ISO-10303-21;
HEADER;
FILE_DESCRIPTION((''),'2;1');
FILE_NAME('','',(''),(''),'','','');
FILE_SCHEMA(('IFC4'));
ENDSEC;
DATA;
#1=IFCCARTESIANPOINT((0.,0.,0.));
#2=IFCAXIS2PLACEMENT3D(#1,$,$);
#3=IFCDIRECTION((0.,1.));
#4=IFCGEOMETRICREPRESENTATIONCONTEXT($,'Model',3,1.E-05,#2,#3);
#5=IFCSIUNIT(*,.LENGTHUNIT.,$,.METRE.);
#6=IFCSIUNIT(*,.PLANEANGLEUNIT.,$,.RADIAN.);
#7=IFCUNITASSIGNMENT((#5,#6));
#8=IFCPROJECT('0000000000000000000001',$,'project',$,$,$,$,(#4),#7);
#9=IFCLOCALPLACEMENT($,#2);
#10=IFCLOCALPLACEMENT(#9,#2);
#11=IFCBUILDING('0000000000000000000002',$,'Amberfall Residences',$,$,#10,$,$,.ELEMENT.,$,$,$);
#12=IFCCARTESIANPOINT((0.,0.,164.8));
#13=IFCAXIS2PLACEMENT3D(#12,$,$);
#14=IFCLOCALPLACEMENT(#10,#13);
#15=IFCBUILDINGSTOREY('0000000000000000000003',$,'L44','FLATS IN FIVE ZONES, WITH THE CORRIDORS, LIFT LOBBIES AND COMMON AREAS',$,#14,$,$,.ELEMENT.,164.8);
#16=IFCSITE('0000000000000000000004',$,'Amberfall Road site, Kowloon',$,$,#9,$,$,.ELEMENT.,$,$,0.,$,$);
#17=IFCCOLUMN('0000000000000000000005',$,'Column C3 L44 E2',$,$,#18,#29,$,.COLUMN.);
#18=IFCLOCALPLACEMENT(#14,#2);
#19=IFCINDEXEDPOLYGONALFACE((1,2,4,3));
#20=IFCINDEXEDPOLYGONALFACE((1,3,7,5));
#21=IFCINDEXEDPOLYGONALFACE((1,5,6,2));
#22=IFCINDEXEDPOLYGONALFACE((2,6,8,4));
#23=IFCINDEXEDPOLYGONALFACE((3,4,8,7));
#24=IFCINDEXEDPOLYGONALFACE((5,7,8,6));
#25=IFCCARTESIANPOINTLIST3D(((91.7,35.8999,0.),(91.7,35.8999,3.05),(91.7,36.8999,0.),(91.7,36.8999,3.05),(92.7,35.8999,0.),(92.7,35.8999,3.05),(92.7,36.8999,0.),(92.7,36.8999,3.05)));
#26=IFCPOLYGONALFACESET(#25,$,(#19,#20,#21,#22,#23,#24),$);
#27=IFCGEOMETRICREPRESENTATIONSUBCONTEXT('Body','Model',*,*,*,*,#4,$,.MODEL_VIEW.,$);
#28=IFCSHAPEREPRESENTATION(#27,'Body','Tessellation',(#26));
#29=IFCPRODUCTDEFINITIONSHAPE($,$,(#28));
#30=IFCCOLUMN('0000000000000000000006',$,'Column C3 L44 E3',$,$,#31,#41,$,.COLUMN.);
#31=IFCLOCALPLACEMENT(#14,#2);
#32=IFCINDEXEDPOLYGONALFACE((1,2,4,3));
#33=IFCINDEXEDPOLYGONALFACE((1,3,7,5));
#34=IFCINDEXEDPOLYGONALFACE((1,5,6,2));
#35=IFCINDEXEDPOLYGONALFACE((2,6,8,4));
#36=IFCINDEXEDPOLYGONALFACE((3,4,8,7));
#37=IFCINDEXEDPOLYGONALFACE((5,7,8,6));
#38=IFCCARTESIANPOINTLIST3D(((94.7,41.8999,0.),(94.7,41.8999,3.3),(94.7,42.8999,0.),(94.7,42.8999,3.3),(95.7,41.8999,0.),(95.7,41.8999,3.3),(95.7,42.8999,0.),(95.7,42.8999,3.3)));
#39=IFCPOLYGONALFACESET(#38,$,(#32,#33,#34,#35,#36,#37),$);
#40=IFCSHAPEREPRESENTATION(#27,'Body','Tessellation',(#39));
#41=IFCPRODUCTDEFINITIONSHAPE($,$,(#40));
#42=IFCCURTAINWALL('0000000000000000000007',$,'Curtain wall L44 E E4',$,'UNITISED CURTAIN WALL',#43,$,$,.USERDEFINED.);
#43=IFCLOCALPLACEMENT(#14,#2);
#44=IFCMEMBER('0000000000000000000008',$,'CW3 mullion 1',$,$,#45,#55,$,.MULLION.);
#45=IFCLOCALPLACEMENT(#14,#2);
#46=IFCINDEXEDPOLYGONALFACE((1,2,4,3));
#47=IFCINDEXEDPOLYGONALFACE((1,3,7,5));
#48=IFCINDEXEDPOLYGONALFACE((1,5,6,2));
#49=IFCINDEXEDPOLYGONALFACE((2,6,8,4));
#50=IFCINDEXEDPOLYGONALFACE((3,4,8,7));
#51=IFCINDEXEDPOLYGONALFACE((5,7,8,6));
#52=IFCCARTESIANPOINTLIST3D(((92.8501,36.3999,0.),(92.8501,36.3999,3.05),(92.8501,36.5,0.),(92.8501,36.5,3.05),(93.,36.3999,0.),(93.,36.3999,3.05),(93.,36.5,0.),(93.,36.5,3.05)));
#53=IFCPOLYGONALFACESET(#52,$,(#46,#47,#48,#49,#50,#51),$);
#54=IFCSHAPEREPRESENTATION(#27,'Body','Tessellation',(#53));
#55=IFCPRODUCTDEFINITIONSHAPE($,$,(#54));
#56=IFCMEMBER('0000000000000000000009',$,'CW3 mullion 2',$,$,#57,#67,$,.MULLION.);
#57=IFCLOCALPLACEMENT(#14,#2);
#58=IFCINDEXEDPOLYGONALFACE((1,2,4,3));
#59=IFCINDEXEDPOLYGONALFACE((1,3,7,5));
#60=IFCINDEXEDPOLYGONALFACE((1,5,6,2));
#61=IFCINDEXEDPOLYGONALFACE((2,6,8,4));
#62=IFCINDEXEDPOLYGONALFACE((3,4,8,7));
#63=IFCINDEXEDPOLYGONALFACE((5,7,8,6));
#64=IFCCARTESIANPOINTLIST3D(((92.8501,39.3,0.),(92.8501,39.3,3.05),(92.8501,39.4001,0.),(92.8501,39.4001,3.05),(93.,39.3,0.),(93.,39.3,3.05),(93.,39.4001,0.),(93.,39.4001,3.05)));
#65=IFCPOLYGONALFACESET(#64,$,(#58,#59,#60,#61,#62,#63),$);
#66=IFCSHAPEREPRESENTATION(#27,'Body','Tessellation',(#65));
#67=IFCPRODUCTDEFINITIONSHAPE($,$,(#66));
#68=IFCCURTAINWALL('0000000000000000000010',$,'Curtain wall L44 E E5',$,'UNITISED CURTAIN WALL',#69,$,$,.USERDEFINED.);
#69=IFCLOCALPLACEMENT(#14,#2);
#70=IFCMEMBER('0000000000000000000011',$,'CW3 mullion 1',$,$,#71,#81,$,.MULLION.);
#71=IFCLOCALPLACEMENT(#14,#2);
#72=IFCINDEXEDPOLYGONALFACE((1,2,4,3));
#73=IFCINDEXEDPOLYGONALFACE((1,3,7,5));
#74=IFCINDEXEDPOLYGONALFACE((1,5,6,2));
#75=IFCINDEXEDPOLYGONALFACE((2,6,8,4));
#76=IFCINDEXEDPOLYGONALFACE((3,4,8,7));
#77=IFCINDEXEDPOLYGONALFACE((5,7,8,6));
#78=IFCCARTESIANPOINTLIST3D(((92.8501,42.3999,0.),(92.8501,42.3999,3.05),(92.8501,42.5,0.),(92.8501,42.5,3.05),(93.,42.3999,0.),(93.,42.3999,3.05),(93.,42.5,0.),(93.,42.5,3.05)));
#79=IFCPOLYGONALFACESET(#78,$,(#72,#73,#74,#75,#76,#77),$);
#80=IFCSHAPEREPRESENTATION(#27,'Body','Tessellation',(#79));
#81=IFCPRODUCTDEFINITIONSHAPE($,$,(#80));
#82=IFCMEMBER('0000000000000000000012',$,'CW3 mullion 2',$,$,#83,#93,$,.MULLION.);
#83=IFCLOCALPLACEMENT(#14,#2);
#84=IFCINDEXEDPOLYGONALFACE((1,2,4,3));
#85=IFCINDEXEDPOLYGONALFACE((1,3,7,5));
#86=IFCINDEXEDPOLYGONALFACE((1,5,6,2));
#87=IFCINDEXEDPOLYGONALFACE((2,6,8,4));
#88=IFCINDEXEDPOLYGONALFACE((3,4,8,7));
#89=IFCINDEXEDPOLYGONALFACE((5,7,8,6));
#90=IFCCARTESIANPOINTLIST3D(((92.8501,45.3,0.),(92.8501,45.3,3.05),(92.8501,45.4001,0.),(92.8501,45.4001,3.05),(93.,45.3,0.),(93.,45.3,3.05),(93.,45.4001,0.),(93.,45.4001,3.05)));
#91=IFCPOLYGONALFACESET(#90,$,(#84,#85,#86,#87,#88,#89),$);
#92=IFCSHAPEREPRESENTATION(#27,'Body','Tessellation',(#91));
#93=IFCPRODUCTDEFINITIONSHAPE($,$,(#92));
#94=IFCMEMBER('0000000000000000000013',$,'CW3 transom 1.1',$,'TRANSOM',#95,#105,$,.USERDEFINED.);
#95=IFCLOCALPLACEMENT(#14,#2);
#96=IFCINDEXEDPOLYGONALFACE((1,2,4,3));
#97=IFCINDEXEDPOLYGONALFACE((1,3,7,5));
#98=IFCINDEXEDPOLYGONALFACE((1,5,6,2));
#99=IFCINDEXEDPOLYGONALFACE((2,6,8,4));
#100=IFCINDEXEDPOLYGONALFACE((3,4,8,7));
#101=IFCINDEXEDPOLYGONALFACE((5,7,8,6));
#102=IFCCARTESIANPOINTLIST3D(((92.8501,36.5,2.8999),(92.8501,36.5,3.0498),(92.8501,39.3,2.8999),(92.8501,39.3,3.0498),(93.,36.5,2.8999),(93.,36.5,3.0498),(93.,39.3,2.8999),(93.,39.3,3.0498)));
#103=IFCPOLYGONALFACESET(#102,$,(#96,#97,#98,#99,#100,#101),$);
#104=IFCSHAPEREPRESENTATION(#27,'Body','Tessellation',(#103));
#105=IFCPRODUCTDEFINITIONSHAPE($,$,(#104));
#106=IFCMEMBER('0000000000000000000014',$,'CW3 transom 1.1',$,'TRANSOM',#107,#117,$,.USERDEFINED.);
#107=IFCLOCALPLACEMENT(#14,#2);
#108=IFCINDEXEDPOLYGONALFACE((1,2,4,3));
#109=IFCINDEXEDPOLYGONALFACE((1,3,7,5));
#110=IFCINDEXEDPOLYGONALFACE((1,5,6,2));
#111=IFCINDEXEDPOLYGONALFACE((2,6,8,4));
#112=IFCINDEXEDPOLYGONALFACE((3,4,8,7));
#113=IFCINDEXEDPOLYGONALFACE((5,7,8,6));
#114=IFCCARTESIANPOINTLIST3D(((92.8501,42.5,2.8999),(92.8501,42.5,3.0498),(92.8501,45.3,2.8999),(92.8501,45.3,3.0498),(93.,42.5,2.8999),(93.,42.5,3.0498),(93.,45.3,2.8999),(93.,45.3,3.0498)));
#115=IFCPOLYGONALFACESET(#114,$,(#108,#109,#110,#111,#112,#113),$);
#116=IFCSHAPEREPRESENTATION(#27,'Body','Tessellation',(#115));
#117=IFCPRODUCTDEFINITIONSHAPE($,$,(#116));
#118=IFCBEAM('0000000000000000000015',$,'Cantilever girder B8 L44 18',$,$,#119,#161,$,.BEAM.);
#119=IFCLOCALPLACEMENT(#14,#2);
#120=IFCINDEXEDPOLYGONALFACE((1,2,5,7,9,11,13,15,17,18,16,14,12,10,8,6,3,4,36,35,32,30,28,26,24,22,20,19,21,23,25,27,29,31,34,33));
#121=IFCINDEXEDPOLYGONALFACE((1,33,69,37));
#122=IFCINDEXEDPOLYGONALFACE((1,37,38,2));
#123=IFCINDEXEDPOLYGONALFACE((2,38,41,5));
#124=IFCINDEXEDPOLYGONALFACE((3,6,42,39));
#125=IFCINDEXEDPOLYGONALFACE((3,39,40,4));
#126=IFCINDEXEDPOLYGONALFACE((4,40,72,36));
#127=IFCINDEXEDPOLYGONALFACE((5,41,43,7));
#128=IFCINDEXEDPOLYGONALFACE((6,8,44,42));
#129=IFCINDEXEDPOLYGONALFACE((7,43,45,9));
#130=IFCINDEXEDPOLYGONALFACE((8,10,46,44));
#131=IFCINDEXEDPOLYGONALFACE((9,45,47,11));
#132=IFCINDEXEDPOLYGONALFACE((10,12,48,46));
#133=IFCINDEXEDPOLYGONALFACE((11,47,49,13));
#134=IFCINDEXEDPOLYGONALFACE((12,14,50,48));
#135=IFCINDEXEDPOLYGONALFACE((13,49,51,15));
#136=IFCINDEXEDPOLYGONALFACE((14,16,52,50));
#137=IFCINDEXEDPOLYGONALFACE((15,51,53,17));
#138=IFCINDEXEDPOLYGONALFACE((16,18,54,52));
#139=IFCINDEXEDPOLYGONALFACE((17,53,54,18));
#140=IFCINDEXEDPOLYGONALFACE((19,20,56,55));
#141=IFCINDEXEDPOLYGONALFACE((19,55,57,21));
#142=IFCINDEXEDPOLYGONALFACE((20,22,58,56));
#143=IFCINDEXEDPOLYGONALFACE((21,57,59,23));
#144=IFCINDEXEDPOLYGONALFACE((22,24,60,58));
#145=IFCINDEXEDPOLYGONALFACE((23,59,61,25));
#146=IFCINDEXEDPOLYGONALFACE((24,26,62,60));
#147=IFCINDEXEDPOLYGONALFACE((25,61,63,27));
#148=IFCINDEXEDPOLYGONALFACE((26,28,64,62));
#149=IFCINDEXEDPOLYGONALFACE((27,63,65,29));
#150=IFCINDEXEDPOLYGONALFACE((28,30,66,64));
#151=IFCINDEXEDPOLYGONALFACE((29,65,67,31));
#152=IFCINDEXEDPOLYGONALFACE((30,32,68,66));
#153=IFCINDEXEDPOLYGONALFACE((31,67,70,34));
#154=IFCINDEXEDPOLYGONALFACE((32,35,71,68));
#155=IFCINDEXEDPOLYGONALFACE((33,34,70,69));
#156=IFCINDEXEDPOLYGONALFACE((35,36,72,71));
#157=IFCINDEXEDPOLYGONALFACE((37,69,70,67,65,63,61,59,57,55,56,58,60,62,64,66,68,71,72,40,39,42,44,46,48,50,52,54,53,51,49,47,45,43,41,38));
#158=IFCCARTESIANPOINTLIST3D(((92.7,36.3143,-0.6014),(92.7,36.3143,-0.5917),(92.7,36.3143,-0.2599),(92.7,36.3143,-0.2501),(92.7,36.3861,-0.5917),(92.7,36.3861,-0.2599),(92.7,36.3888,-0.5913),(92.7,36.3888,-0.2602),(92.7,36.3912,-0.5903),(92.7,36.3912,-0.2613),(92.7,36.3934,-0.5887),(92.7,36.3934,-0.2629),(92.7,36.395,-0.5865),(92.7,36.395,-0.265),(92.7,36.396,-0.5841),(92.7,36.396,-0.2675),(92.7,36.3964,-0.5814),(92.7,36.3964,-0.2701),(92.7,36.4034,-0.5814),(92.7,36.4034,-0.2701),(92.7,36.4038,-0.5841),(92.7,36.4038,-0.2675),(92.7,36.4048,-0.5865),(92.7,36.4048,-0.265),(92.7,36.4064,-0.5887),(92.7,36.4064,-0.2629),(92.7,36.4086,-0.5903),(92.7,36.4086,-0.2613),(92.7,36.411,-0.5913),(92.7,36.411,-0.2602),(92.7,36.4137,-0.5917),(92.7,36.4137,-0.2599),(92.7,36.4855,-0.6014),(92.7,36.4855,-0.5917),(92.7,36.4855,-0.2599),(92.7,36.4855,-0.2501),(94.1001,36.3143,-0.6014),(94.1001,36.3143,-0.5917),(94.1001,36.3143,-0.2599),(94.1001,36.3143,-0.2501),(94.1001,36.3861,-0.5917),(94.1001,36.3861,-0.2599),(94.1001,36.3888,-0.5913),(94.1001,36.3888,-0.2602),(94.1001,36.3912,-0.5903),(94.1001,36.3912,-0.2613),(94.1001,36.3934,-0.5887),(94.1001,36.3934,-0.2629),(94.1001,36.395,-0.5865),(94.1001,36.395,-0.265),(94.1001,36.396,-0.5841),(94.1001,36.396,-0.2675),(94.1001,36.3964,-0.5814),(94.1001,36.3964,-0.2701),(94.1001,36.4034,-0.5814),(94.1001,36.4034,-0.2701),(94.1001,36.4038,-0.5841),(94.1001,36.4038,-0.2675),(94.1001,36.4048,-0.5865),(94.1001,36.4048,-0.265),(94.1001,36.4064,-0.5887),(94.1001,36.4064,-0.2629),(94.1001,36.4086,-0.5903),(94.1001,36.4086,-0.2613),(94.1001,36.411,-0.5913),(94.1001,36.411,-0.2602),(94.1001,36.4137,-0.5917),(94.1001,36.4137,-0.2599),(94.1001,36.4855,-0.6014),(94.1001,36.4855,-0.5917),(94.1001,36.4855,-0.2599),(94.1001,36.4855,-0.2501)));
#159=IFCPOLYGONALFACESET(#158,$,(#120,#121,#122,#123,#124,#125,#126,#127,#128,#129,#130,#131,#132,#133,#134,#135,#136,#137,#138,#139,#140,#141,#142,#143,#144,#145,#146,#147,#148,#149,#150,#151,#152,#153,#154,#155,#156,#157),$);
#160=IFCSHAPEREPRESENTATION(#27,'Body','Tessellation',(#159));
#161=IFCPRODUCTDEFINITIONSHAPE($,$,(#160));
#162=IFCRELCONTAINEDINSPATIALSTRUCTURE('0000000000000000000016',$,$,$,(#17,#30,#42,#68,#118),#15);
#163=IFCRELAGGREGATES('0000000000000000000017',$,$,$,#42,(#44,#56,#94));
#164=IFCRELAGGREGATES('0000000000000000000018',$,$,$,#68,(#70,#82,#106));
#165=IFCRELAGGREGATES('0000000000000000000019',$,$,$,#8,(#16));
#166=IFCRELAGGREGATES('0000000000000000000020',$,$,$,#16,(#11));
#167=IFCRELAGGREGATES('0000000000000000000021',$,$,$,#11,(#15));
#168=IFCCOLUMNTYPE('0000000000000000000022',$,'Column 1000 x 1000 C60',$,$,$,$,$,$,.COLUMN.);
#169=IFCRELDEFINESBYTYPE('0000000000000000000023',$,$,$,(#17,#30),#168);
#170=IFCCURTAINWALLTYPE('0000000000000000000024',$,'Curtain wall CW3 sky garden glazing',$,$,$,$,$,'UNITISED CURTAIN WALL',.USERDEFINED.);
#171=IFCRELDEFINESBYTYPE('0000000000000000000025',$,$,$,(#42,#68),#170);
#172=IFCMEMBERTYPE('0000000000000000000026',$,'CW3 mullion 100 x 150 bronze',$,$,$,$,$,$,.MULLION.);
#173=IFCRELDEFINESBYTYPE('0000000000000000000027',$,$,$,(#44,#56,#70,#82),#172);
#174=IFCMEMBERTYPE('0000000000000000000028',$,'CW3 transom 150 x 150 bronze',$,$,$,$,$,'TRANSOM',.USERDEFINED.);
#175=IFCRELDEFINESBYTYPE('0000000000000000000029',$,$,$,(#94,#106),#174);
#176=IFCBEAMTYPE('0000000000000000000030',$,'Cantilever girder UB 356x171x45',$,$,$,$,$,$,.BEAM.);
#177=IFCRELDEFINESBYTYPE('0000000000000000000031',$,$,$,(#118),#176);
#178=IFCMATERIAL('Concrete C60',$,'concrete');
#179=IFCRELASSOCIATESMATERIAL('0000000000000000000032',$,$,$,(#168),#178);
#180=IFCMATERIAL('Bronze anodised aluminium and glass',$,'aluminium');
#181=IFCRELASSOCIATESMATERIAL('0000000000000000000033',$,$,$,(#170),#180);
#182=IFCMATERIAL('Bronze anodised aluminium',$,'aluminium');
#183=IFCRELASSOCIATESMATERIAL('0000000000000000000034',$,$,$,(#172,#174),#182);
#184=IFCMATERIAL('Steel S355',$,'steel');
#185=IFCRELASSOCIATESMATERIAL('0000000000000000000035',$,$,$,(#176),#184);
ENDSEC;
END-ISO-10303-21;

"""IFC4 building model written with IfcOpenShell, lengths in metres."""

from ifc_helpers import new_model, si_unit, direction, frame, origin, origin_2d, place, context, subcontext, project, spatial, rectangle, i_section, extrude, material, material_profile, profile_set, type_object, element, aggregate, save


model = new_model("IFC4")

# Units and contexts
model_context = context("Model", 3, precision=1e-05, world=origin(), true_north=direction((0.0, 1.0)))
body_context = subcontext(model_context, "Body", "Model", "MODEL_VIEW")
ifc_project = project(units=[si_unit("LENGTHUNIT", "METRE"), si_unit("PLANEANGLEUNIT", "RADIAN")], contexts=[model_context])

# Site, building, storey
site_placement = place(None, origin())
site = spatial("IfcSite", under=ifc_project, at=site_placement, Name="Amberfall Road site, Kowloon", CompositionType="ELEMENT", RefElevation=0.0)
building_placement = place(site_placement, origin())
building = spatial("IfcBuilding", under=site, at=building_placement, Name="Amberfall Residences", CompositionType="ELEMENT")
storey_placement = place(building_placement, frame((0.0, 0.0, 164.8)))
storey = spatial("IfcBuildingStorey", under=building, at=storey_placement, Name="L44", Description="FLATS IN FIVE ZONES, WITH THE CORRIDORS, LIFT LOBBIES AND COMMON AREAS", CompositionType="ELEMENT", Elevation=164.8)

# Columns
ifc_material_1 = material(Name="Concrete C60", Category="concrete")
ifc_material_profile_1 = material_profile(ifc_material_1, rectangle(XDim=1.0, YDim=1.0, at=origin_2d()), Name="Column 1000 x 1000 C60")
ifc_profile_set_1 = profile_set([ifc_material_profile_1], Name="Concrete C60")
column_type = type_object("IfcColumnType", Name="Column 1000 x 1000 C60", PredefinedType="COLUMN", material=ifc_profile_set_1)
column_1_placement = place(storey_placement, frame((92.2, 36.3999, 0.0), z_axis=(0.0, 0.0, 1.0), x_axis=(1.0, 0.0, 0.0)))
element("IfcColumn", 1, at=column_1_placement, inside=storey, type_object=column_type, Name="Column C3 L44 E2", PredefinedType="COLUMN", context=body_context, shape_type="SweptSolid", body=[
    extrude(rectangle(XDim=1.0, YDim=1.0, at=origin_2d()), origin(), (0.0, 0.0, 1.0), 3.05),
])
column_2_placement = place(storey_placement, frame((95.2, 42.3999, 0.0), z_axis=(0.0, 0.0, 1.0), x_axis=(1.0, 0.0, 0.0)))
element("IfcColumn", 2, at=column_2_placement, inside=storey, type_object=column_type, Name="Column C3 L44 E3", PredefinedType="COLUMN", context=body_context, shape_type="SweptSolid", body=[
    extrude(rectangle(XDim=1.0, YDim=1.0, at=origin_2d()), origin(), (0.0, 0.0, 1.0), 3.3),
])

# Curtain walls, members
ifc_material_2 = material(Name="Bronze anodised aluminium and glass", Category="aluminium")
curtain_wall_type = type_object("IfcCurtainWallType", Name="Curtain wall CW3 sky garden glazing", ElementType="UNITISED CURTAIN WALL", PredefinedType="USERDEFINED", material=ifc_material_2)
curtain_wall_1_placement = place(storey_placement, origin())
curtain_wall_1 = element("IfcCurtainWall", 3, at=curtain_wall_1_placement, inside=storey, type_object=curtain_wall_type, Name="Curtain wall L44 E E4", ObjectType="UNITISED CURTAIN WALL", PredefinedType="USERDEFINED")
ifc_material_3 = material(Name="Bronze anodised aluminium", Category="aluminium")
ifc_material_profile_2 = material_profile(ifc_material_3, rectangle(XDim=0.1499, YDim=0.1001, at=origin_2d()), Name="CW3 mullion 100 x 150 bronze")
ifc_profile_set_2 = profile_set([ifc_material_profile_2], Name="Bronze anodised aluminium")
member_type_1 = type_object("IfcMemberType", Name="CW3 mullion 100 x 150 bronze", PredefinedType="MULLION", material=ifc_profile_set_2)
member_1_placement = place(storey_placement, frame((92.925, 36.45, 0.0), z_axis=(0.0, 0.0, 1.0), x_axis=(-1.0, 0.0, 0.0)))
member_1 = element("IfcMember", 4, at=member_1_placement, type_object=member_type_1, Name="CW3 mullion 1", PredefinedType="MULLION", context=body_context, shape_type="SweptSolid", body=[
    extrude(rectangle(XDim=0.1499, YDim=0.1001, at=origin_2d()), origin(), (0.0, 0.0, 1.0), 3.05),
])
member_2_placement = place(storey_placement, frame((92.925, 39.3501, 0.0), z_axis=(0.0, 0.0, 1.0), x_axis=(-1.0, 0.0, 0.0)))
member_2 = element("IfcMember", 5, at=member_2_placement, type_object=member_type_1, Name="CW3 mullion 2", PredefinedType="MULLION", context=body_context, shape_type="SweptSolid", body=[
    extrude(rectangle(XDim=0.1499, YDim=0.1001, at=origin_2d()), origin(), (0.0, 0.0, 1.0), 3.05),
])
curtain_wall_2_placement = place(storey_placement, origin())
curtain_wall_2 = element("IfcCurtainWall", 6, at=curtain_wall_2_placement, inside=storey, type_object=curtain_wall_type, Name="Curtain wall L44 E E5", ObjectType="UNITISED CURTAIN WALL", PredefinedType="USERDEFINED")
member_3_placement = place(storey_placement, frame((92.925, 42.45, 0.0), z_axis=(0.0, 0.0, 1.0), x_axis=(-1.0, 0.0, 0.0)))
member_3 = element("IfcMember", 7, at=member_3_placement, type_object=member_type_1, Name="CW3 mullion 1", PredefinedType="MULLION", context=body_context, shape_type="SweptSolid", body=[
    extrude(rectangle(XDim=0.1499, YDim=0.1001, at=origin_2d()), origin(), (0.0, 0.0, 1.0), 3.05),
])
member_4_placement = place(storey_placement, frame((92.925, 45.3501, 0.0), z_axis=(0.0, 0.0, 1.0), x_axis=(-1.0, 0.0, 0.0)))
member_4 = element("IfcMember", 8, at=member_4_placement, type_object=member_type_1, Name="CW3 mullion 2", PredefinedType="MULLION", context=body_context, shape_type="SweptSolid", body=[
    extrude(rectangle(XDim=0.1499, YDim=0.1001, at=origin_2d()), origin(), (0.0, 0.0, 1.0), 3.05),
])

# Members
ifc_material_profile_3 = material_profile(ifc_material_3, rectangle(XDim=0.1499, YDim=0.1499, at=origin_2d()), Name="CW3 transom 150 x 150 bronze")
ifc_profile_set_3 = profile_set([ifc_material_profile_3], Name="Bronze anodised aluminium")
member_type_2 = type_object("IfcMemberType", Name="CW3 transom 150 x 150 bronze", ElementType="TRANSOM", PredefinedType="USERDEFINED", material=ifc_profile_set_3)
member_5_placement = place(storey_placement, frame((92.925, 36.5, 2.9749), z_axis=(0.0, 1.0, 0.0), x_axis=(-1.0, 0.0, 0.0)))
member_5 = element("IfcMember", 9, at=member_5_placement, type_object=member_type_2, Name="CW3 transom 1.1", ObjectType="TRANSOM", PredefinedType="USERDEFINED", context=body_context, shape_type="SweptSolid", body=[
    extrude(rectangle(XDim=0.1499, YDim=0.1499, at=origin_2d()), origin(), (0.0, 0.0, 1.0), 2.8),
])
member_6_placement = place(storey_placement, frame((92.925, 42.5, 2.9749), z_axis=(0.0, 1.0, 0.0), x_axis=(-1.0, 0.0, 0.0)))
member_6 = element("IfcMember", 10, at=member_6_placement, type_object=member_type_2, Name="CW3 transom 1.1", ObjectType="TRANSOM", PredefinedType="USERDEFINED", context=body_context, shape_type="SweptSolid", body=[
    extrude(rectangle(XDim=0.1499, YDim=0.1499, at=origin_2d()), origin(), (0.0, 0.0, 1.0), 2.8),
])

# Beam
ifc_material_4 = material(Name="Steel S355", Category="steel")
ifc_material_profile_4 = material_profile(ifc_material_4, i_section(OverallWidth=0.1711, OverallDepth=0.3513, WebThickness=0.0071, FlangeThickness=0.0098, FilletRadius=0.0103, at=origin_2d()), Name="UB 356x171x45")
ifc_profile_set_4 = profile_set([ifc_material_profile_4], Name="Steel S355")
beam_type_1 = type_object("IfcBeamType", Name="Cantilever girder UB 356x171x45", PredefinedType="BEAM", material=ifc_profile_set_4)
beam_1_placement = place(storey_placement, frame((92.7, 36.3999, -0.4258), z_axis=(1.0, 0.0, 0.0), x_axis=(0.0, 1.0, 0.0)))
element("IfcBeam", 11, at=beam_1_placement, inside=storey, type_object=beam_type_1, Name="Cantilever girder B8 L44 18", PredefinedType="BEAM", context=body_context, shape_type="SweptSolid", body=[
    extrude(i_section(OverallWidth=0.1711, OverallDepth=0.3513, WebThickness=0.0071, FlangeThickness=0.0098, FilletRadius=0.0103, at=origin_2d()), origin(), (0.0, 0.0, 1.0), 1.4001),
])

aggregate(curtain_wall_1, [member_1, member_2, member_5])
aggregate(curtain_wall_2, [member_3, member_4, member_6])

save(model, "model.ifc")
